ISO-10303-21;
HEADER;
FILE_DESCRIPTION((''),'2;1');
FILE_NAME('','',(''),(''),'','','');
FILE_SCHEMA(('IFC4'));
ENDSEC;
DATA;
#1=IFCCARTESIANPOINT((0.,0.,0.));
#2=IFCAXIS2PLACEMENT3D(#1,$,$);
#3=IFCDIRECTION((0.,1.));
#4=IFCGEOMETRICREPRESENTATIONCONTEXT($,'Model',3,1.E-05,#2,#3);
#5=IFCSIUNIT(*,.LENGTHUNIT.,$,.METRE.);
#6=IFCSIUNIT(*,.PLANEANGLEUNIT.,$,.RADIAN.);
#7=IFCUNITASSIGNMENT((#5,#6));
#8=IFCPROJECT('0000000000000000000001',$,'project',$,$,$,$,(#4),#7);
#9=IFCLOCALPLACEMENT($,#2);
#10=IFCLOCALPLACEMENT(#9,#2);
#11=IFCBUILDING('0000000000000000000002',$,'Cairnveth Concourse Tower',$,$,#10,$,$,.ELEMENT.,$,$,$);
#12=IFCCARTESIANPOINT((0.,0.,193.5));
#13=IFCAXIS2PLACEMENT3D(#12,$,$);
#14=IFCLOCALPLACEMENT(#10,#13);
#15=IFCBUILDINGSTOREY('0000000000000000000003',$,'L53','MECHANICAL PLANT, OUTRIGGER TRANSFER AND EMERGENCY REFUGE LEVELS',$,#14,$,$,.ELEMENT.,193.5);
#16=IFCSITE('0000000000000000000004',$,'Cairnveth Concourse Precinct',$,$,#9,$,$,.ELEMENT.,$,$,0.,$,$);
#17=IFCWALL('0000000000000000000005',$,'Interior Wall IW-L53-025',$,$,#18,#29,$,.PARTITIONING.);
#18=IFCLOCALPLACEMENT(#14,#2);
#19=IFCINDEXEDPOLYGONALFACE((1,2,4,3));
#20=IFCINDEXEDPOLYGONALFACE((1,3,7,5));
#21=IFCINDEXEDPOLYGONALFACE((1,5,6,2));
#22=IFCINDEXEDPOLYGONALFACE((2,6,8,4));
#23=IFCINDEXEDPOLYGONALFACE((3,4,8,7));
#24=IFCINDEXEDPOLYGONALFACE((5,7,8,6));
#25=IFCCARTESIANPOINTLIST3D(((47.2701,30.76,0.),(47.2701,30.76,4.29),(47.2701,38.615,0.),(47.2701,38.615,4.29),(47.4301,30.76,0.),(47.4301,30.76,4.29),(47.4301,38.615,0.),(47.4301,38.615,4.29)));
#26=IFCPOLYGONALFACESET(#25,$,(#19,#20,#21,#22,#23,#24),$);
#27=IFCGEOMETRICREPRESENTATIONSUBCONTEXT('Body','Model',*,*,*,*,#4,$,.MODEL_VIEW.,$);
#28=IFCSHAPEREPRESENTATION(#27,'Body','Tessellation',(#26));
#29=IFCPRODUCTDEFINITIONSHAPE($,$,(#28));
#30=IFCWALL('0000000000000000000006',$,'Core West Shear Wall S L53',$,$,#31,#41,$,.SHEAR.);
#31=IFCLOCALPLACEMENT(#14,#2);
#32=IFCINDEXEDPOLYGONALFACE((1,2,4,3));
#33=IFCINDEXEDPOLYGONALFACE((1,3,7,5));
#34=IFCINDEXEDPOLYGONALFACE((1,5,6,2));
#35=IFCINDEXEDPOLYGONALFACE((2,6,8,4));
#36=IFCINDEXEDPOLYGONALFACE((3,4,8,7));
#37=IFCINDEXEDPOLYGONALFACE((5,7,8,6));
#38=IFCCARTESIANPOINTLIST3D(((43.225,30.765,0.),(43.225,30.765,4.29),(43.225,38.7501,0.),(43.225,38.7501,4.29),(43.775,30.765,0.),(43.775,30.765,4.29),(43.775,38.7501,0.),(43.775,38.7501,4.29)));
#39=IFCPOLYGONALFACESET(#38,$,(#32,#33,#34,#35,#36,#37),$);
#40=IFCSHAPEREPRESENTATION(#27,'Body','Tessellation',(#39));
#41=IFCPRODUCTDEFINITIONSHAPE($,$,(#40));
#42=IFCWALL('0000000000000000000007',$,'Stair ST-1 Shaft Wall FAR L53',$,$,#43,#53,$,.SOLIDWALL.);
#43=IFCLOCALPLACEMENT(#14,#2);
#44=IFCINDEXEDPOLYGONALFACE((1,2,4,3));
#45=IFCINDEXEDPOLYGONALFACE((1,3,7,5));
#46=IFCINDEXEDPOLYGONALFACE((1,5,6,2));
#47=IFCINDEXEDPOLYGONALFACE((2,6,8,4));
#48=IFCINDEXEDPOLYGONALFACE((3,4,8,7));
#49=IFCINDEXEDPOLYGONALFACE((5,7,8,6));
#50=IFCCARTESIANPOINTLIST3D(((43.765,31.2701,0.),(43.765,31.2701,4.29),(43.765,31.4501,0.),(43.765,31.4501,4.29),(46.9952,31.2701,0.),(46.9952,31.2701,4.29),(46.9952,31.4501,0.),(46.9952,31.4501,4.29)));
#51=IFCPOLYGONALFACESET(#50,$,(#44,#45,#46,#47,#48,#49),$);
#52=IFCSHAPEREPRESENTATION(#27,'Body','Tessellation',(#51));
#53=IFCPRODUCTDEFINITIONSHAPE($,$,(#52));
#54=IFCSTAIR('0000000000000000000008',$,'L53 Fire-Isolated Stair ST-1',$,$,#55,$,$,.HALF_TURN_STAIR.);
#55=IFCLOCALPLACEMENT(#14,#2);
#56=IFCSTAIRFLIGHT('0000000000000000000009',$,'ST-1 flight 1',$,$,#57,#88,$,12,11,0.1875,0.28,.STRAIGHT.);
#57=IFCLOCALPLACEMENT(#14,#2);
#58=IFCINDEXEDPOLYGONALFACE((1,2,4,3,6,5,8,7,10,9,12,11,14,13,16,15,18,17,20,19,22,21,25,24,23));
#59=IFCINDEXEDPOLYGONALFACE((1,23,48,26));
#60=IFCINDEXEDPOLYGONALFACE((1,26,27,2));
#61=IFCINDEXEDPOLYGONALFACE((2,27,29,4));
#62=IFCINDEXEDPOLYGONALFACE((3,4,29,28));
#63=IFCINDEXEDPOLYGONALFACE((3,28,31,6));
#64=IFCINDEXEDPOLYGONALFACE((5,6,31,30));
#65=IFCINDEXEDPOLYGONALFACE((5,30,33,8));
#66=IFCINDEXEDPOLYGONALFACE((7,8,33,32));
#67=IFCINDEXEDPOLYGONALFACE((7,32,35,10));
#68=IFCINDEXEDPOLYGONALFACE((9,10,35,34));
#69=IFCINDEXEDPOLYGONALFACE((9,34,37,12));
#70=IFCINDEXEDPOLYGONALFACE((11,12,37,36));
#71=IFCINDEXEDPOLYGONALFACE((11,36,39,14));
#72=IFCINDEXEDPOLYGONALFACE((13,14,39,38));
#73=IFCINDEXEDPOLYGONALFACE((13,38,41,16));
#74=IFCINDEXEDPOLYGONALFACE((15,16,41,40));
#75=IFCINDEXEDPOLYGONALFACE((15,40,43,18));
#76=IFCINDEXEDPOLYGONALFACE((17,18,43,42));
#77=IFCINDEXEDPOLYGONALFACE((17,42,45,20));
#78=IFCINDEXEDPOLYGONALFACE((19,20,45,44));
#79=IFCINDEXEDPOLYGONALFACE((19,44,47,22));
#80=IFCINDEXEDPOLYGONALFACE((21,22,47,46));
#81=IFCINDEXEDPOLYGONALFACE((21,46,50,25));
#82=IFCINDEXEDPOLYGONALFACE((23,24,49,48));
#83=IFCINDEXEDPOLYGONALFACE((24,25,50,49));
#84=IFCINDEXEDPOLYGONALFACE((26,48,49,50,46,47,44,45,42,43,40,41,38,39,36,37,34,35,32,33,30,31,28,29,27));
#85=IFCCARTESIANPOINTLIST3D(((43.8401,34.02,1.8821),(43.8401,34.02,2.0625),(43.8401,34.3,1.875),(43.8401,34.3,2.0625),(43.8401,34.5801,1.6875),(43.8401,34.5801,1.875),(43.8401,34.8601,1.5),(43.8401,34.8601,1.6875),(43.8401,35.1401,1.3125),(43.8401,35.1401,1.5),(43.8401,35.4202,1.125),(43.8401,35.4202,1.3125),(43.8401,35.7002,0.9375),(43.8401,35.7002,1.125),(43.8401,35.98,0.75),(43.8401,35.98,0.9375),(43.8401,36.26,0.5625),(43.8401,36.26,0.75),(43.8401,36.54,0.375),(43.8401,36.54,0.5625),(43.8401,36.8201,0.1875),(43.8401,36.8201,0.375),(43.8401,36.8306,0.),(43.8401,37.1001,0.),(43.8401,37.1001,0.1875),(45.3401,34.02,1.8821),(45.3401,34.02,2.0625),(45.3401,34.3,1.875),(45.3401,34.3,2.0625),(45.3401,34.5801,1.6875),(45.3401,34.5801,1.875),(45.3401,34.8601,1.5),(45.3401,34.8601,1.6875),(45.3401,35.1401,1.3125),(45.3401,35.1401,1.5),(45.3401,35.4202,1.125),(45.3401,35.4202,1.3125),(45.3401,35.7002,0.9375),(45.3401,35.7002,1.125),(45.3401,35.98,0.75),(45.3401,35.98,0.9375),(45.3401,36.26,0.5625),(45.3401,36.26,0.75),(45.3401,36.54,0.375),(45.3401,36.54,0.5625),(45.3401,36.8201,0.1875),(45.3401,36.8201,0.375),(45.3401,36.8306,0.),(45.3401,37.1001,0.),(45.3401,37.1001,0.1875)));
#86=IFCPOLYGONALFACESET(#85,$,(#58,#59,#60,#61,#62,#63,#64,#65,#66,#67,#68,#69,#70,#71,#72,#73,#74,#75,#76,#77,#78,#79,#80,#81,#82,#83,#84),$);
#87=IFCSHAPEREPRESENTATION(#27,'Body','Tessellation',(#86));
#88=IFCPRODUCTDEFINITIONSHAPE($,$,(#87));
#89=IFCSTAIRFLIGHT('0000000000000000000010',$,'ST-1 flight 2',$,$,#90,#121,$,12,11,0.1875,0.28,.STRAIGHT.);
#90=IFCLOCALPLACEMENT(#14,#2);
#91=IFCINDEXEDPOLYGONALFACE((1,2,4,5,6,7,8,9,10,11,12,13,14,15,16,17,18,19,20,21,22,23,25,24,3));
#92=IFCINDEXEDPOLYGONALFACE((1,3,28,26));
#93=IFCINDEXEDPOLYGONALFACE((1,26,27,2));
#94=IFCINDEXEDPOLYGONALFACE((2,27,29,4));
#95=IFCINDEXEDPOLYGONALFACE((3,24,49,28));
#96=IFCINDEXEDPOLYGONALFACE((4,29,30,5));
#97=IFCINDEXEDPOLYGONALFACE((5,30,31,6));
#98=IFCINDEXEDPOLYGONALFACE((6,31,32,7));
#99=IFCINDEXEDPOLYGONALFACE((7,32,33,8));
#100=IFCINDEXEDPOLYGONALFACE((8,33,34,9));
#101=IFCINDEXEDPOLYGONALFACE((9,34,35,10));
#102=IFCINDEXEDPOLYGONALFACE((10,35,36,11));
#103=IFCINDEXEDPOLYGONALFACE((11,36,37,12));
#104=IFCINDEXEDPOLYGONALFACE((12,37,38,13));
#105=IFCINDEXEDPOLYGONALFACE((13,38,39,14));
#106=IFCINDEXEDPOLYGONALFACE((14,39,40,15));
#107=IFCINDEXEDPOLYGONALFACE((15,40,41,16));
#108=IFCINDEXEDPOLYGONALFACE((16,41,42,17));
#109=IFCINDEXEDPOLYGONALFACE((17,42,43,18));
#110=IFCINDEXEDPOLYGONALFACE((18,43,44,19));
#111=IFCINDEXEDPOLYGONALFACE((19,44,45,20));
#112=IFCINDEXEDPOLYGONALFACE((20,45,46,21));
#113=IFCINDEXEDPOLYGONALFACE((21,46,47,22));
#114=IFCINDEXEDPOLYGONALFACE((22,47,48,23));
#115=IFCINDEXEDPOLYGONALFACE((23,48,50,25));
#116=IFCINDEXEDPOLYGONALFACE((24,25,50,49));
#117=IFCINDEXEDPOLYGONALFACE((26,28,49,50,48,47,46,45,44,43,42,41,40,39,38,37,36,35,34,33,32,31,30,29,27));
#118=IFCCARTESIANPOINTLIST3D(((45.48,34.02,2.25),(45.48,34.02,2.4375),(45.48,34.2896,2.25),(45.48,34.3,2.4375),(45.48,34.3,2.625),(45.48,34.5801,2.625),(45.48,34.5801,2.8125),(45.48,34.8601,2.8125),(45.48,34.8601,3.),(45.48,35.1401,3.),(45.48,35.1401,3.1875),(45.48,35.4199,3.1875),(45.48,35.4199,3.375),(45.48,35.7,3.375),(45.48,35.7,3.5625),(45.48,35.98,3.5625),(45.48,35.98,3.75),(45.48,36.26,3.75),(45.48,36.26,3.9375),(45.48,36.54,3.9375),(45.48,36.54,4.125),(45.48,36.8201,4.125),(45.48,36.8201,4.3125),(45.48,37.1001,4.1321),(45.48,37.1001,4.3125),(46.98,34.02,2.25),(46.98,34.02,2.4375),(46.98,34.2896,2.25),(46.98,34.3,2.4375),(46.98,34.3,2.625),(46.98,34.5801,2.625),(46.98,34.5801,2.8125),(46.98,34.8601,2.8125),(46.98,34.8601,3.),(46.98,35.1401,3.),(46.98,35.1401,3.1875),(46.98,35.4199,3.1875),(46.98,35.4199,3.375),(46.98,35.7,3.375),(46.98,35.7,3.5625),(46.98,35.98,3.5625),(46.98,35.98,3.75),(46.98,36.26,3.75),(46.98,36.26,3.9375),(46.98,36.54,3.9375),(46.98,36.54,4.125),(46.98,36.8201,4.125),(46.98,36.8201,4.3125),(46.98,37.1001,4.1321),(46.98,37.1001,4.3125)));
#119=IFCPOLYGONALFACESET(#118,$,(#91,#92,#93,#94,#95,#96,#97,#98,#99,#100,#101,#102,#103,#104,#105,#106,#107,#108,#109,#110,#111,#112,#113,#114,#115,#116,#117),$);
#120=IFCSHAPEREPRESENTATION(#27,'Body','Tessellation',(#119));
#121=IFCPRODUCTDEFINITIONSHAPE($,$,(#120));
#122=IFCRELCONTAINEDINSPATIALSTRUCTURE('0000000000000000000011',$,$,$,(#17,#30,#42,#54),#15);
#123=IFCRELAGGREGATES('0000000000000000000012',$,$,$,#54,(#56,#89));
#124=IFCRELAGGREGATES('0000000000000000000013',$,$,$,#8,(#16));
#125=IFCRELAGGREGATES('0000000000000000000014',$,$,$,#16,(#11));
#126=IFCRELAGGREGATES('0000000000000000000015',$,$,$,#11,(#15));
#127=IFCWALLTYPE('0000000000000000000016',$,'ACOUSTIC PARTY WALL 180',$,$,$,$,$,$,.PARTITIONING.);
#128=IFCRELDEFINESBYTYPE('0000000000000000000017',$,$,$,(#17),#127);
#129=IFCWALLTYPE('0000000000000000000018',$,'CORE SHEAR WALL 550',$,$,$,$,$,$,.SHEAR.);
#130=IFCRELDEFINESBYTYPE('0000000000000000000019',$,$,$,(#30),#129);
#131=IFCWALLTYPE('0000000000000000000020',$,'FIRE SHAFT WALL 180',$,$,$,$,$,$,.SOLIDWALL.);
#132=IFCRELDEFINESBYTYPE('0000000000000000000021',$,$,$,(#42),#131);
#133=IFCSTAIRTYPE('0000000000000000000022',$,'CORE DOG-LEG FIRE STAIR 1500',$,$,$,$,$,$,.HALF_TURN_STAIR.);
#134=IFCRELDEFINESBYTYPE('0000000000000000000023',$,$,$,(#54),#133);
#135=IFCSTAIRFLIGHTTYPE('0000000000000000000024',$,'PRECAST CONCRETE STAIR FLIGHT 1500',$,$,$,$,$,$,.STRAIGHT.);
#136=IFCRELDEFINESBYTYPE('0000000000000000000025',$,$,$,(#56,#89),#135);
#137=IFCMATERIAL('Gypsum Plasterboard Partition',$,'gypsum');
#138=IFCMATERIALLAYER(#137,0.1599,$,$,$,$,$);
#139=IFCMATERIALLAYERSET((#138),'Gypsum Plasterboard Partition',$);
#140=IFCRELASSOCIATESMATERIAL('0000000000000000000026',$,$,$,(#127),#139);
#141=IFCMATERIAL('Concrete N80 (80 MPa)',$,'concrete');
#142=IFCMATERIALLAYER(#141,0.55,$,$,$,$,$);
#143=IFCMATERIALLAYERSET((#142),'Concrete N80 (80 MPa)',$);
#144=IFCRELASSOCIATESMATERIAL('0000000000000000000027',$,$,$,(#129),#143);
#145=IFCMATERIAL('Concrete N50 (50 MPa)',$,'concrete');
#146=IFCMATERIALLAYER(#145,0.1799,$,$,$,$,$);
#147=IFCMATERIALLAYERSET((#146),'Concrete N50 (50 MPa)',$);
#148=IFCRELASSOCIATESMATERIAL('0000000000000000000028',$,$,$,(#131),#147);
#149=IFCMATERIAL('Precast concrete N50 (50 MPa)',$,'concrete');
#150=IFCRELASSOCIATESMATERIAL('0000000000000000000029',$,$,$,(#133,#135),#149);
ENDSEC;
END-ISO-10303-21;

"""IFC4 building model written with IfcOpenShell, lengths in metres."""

from ifc_helpers import new_model, si_unit, direction, frame, frame_2d, origin, place, context, subcontext, project, spatial, polyline, rectangle, outline, extrude, material, layer, layer_set, type_object, element, aggregate, save


model = new_model("IFC4")

# Units and contexts
model_context = context("Model", 3, precision=1e-05, world=origin(), true_north=direction((0.0, 1.0)))
body_context = subcontext(model_context, "Body", "Model", "MODEL_VIEW")
ifc_project = project(units=[si_unit("LENGTHUNIT", "METRE"), si_unit("PLANEANGLEUNIT", "RADIAN")], contexts=[model_context])

# Site, building, storey
site_placement = place(None, origin())
site = spatial("IfcSite", under=ifc_project, at=site_placement, Name="Cairnveth Concourse Precinct", CompositionType="ELEMENT", RefElevation=0.0)
building_placement = place(site_placement, origin())
building = spatial("IfcBuilding", under=site, at=building_placement, Name="Cairnveth Concourse Tower", CompositionType="ELEMENT")
storey_placement = place(building_placement, frame((0.0, 0.0, 193.5)))
storey = spatial("IfcBuildingStorey", under=building, at=storey_placement, Name="L53", Description="MECHANICAL PLANT, OUTRIGGER TRANSFER AND EMERGENCY REFUGE LEVELS", CompositionType="ELEMENT", Elevation=193.5)

# Walls
ifc_material_1 = material(Name="Gypsum Plasterboard Partition", Category="gypsum")
ifc_layer_1 = layer(ifc_material_1, 0.1599)
ifc_layer_set_1 = layer_set([ifc_layer_1], Name="Gypsum Plasterboard Partition")
wall_type_1 = type_object("IfcWallType", Name="ACOUSTIC PARTY WALL 180", PredefinedType="PARTITIONING", material=ifc_layer_set_1)
wall_1_placement = place(storey_placement, frame((47.3501, 30.76, 0.0), z_axis=(0.0, 0.0, 1.0), x_axis=(0.0, 1.0, 0.0)))
element("IfcWall", 1, at=wall_1_placement, inside=storey, type_object=wall_type_1, Name="Interior Wall IW-L53-025", PredefinedType="PARTITIONING", context=body_context, shape_type="SweptSolid", body=[
    extrude(rectangle(XDim=7.855, YDim=0.1599, at=frame_2d((3.9275, 0.0))), origin(), (0.0, 0.0, 1.0), 4.29),
])
ifc_material_2 = material(Name="Concrete N80 (80 MPa)", Category="concrete")
ifc_layer_2 = layer(ifc_material_2, 0.55)
ifc_layer_set_2 = layer_set([ifc_layer_2], Name="Concrete N80 (80 MPa)")
wall_type_2 = type_object("IfcWallType", Name="CORE SHEAR WALL 550", PredefinedType="SHEAR", material=ifc_layer_set_2)
wall_2_placement = place(storey_placement, frame((43.5, 30.7649, 0.0), z_axis=(0.0, 0.0, 1.0), x_axis=(0.0, 1.0, 0.0)))
element("IfcWall", 2, at=wall_2_placement, inside=storey, type_object=wall_type_2, Name="Core West Shear Wall S L53", PredefinedType="SHEAR", context=body_context, shape_type="SweptSolid", body=[
    extrude(rectangle(XDim=7.9851, YDim=0.55, at=frame_2d((3.9927, 0.0))), origin(), (0.0, 0.0, 1.0), 4.29),
])
ifc_material_3 = material(Name="Concrete N50 (50 MPa)", Category="concrete")
ifc_layer_3 = layer(ifc_material_3, 0.1799)
ifc_layer_set_3 = layer_set([ifc_layer_3], Name="Concrete N50 (50 MPa)")
wall_type_3 = type_object("IfcWallType", Name="FIRE SHAFT WALL 180", PredefinedType="SOLIDWALL", material=ifc_layer_set_3)
wall_3_placement = place(storey_placement, frame((43.7649, 31.3601, 0.0), z_axis=(0.0, 0.0, 1.0), x_axis=(1.0, 0.0, 0.0)))
element("IfcWall", 3, at=wall_3_placement, inside=storey, type_object=wall_type_3, Name="Stair ST-1 Shaft Wall FAR L53", PredefinedType="SOLIDWALL", context=body_context, shape_type="SweptSolid", body=[
    extrude(rectangle(XDim=3.2302, YDim=0.1799, at=frame_2d((1.6152, 0.0))), origin(), (0.0, 0.0, 1.0), 4.29),
])

# Stair, stair flights
ifc_material_4 = material(Name="Precast concrete N50 (50 MPa)", Category="concrete")
stair_type = type_object("IfcStairType", Name="CORE DOG-LEG FIRE STAIR 1500", PredefinedType="HALF_TURN_STAIR", material=ifc_material_4)
stair_placement = place(storey_placement, origin())
stair = element("IfcStair", 4, at=stair_placement, inside=storey, type_object=stair_type, Name="L53 Fire-Isolated Stair ST-1", PredefinedType="HALF_TURN_STAIR")
stair_flight_type = type_object("IfcStairFlightType", Name="PRECAST CONCRETE STAIR FLIGHT 1500", PredefinedType="STRAIGHT", material=ifc_material_4)
stair_flight_1_placement = place(storey_placement, frame((44.5901, 37.1001, 0.0), z_axis=(0.0, 0.0, 1.0), x_axis=(0.0, -1.0, 0.0)))
stair_flight_1 = element("IfcStairFlight", 5, at=stair_flight_1_placement, type_object=stair_flight_type, Name="ST-1 flight 1", NumberOfRisers=12, NumberOfTreads=11, PredefinedType="STRAIGHT", RiserHeight=0.1875, TreadLength=0.28, context=body_context, shape_type="SweptSolid", body=[
    extrude(outline(polyline([(0.0, 0.0), (0.0, 0.1875), (0.28, 0.1875), (0.28, 0.375), (0.5601, 0.375), (0.5601, 0.5625), (0.8401, 0.5625), (0.8401, 0.75), (1.1201, 0.75), (1.1201, 0.9375), (1.3999, 0.9375), (1.3999, 1.125), (1.6799, 1.125), (1.6799, 1.3125), (1.96, 1.3125), (1.96, 1.5), (2.24, 1.5), (2.24, 1.6875), (2.52, 1.6875), (2.52, 1.875), (2.8, 1.875), (2.8, 2.0625), (3.0801, 2.0625), (3.0801, 2.25), (3.0801, 1.8821), (0.2695, 0.0), (0.0, 0.0)])), frame((0.0, 0.75, 0.0), z_axis=(0.0, -1.0, 0.0), x_axis=(1.0, 0.0, 0.0)), (0.0, 0.0, 1.0), 1.5),
])
stair_flight_2_placement = place(storey_placement, frame((46.23, 34.02, 2.25), z_axis=(0.0, 0.0, 1.0), x_axis=(0.0, 1.0, 0.0)))
stair_flight_2 = element("IfcStairFlight", 6, at=stair_flight_2_placement, type_object=stair_flight_type, Name="ST-1 flight 2", NumberOfRisers=12, NumberOfTreads=11, PredefinedType="STRAIGHT", RiserHeight=0.1875, TreadLength=0.28, context=body_context, shape_type="SweptSolid", body=[
    extrude(outline(polyline([(0.0, 0.0), (0.0, 0.1875), (0.28, 0.1875), (0.28, 0.375), (0.5601, 0.375), (0.5601, 0.5625), (0.8401, 0.5625), (0.8401, 0.75), (1.1201, 0.75), (1.1201, 0.9375), (1.3999, 0.9375), (1.3999, 1.125), (1.6799, 1.125), (1.6799, 1.3125), (1.96, 1.3125), (1.96, 1.5), (2.24, 1.5), (2.24, 1.6875), (2.52, 1.6875), (2.52, 1.875), (2.8, 1.875), (2.8, 2.0625), (3.0801, 2.0625), (3.0801, 2.25), (3.0801, 1.8821), (0.2695, 0.0), (0.0, 0.0)])), frame((0.0, 0.75, 0.0), z_axis=(0.0, -1.0, 0.0), x_axis=(1.0, 0.0, 0.0)), (0.0, 0.0, 1.0), 1.5),
])
aggregate(stair, [stair_flight_1, stair_flight_2])

save(model, "model.ifc")
